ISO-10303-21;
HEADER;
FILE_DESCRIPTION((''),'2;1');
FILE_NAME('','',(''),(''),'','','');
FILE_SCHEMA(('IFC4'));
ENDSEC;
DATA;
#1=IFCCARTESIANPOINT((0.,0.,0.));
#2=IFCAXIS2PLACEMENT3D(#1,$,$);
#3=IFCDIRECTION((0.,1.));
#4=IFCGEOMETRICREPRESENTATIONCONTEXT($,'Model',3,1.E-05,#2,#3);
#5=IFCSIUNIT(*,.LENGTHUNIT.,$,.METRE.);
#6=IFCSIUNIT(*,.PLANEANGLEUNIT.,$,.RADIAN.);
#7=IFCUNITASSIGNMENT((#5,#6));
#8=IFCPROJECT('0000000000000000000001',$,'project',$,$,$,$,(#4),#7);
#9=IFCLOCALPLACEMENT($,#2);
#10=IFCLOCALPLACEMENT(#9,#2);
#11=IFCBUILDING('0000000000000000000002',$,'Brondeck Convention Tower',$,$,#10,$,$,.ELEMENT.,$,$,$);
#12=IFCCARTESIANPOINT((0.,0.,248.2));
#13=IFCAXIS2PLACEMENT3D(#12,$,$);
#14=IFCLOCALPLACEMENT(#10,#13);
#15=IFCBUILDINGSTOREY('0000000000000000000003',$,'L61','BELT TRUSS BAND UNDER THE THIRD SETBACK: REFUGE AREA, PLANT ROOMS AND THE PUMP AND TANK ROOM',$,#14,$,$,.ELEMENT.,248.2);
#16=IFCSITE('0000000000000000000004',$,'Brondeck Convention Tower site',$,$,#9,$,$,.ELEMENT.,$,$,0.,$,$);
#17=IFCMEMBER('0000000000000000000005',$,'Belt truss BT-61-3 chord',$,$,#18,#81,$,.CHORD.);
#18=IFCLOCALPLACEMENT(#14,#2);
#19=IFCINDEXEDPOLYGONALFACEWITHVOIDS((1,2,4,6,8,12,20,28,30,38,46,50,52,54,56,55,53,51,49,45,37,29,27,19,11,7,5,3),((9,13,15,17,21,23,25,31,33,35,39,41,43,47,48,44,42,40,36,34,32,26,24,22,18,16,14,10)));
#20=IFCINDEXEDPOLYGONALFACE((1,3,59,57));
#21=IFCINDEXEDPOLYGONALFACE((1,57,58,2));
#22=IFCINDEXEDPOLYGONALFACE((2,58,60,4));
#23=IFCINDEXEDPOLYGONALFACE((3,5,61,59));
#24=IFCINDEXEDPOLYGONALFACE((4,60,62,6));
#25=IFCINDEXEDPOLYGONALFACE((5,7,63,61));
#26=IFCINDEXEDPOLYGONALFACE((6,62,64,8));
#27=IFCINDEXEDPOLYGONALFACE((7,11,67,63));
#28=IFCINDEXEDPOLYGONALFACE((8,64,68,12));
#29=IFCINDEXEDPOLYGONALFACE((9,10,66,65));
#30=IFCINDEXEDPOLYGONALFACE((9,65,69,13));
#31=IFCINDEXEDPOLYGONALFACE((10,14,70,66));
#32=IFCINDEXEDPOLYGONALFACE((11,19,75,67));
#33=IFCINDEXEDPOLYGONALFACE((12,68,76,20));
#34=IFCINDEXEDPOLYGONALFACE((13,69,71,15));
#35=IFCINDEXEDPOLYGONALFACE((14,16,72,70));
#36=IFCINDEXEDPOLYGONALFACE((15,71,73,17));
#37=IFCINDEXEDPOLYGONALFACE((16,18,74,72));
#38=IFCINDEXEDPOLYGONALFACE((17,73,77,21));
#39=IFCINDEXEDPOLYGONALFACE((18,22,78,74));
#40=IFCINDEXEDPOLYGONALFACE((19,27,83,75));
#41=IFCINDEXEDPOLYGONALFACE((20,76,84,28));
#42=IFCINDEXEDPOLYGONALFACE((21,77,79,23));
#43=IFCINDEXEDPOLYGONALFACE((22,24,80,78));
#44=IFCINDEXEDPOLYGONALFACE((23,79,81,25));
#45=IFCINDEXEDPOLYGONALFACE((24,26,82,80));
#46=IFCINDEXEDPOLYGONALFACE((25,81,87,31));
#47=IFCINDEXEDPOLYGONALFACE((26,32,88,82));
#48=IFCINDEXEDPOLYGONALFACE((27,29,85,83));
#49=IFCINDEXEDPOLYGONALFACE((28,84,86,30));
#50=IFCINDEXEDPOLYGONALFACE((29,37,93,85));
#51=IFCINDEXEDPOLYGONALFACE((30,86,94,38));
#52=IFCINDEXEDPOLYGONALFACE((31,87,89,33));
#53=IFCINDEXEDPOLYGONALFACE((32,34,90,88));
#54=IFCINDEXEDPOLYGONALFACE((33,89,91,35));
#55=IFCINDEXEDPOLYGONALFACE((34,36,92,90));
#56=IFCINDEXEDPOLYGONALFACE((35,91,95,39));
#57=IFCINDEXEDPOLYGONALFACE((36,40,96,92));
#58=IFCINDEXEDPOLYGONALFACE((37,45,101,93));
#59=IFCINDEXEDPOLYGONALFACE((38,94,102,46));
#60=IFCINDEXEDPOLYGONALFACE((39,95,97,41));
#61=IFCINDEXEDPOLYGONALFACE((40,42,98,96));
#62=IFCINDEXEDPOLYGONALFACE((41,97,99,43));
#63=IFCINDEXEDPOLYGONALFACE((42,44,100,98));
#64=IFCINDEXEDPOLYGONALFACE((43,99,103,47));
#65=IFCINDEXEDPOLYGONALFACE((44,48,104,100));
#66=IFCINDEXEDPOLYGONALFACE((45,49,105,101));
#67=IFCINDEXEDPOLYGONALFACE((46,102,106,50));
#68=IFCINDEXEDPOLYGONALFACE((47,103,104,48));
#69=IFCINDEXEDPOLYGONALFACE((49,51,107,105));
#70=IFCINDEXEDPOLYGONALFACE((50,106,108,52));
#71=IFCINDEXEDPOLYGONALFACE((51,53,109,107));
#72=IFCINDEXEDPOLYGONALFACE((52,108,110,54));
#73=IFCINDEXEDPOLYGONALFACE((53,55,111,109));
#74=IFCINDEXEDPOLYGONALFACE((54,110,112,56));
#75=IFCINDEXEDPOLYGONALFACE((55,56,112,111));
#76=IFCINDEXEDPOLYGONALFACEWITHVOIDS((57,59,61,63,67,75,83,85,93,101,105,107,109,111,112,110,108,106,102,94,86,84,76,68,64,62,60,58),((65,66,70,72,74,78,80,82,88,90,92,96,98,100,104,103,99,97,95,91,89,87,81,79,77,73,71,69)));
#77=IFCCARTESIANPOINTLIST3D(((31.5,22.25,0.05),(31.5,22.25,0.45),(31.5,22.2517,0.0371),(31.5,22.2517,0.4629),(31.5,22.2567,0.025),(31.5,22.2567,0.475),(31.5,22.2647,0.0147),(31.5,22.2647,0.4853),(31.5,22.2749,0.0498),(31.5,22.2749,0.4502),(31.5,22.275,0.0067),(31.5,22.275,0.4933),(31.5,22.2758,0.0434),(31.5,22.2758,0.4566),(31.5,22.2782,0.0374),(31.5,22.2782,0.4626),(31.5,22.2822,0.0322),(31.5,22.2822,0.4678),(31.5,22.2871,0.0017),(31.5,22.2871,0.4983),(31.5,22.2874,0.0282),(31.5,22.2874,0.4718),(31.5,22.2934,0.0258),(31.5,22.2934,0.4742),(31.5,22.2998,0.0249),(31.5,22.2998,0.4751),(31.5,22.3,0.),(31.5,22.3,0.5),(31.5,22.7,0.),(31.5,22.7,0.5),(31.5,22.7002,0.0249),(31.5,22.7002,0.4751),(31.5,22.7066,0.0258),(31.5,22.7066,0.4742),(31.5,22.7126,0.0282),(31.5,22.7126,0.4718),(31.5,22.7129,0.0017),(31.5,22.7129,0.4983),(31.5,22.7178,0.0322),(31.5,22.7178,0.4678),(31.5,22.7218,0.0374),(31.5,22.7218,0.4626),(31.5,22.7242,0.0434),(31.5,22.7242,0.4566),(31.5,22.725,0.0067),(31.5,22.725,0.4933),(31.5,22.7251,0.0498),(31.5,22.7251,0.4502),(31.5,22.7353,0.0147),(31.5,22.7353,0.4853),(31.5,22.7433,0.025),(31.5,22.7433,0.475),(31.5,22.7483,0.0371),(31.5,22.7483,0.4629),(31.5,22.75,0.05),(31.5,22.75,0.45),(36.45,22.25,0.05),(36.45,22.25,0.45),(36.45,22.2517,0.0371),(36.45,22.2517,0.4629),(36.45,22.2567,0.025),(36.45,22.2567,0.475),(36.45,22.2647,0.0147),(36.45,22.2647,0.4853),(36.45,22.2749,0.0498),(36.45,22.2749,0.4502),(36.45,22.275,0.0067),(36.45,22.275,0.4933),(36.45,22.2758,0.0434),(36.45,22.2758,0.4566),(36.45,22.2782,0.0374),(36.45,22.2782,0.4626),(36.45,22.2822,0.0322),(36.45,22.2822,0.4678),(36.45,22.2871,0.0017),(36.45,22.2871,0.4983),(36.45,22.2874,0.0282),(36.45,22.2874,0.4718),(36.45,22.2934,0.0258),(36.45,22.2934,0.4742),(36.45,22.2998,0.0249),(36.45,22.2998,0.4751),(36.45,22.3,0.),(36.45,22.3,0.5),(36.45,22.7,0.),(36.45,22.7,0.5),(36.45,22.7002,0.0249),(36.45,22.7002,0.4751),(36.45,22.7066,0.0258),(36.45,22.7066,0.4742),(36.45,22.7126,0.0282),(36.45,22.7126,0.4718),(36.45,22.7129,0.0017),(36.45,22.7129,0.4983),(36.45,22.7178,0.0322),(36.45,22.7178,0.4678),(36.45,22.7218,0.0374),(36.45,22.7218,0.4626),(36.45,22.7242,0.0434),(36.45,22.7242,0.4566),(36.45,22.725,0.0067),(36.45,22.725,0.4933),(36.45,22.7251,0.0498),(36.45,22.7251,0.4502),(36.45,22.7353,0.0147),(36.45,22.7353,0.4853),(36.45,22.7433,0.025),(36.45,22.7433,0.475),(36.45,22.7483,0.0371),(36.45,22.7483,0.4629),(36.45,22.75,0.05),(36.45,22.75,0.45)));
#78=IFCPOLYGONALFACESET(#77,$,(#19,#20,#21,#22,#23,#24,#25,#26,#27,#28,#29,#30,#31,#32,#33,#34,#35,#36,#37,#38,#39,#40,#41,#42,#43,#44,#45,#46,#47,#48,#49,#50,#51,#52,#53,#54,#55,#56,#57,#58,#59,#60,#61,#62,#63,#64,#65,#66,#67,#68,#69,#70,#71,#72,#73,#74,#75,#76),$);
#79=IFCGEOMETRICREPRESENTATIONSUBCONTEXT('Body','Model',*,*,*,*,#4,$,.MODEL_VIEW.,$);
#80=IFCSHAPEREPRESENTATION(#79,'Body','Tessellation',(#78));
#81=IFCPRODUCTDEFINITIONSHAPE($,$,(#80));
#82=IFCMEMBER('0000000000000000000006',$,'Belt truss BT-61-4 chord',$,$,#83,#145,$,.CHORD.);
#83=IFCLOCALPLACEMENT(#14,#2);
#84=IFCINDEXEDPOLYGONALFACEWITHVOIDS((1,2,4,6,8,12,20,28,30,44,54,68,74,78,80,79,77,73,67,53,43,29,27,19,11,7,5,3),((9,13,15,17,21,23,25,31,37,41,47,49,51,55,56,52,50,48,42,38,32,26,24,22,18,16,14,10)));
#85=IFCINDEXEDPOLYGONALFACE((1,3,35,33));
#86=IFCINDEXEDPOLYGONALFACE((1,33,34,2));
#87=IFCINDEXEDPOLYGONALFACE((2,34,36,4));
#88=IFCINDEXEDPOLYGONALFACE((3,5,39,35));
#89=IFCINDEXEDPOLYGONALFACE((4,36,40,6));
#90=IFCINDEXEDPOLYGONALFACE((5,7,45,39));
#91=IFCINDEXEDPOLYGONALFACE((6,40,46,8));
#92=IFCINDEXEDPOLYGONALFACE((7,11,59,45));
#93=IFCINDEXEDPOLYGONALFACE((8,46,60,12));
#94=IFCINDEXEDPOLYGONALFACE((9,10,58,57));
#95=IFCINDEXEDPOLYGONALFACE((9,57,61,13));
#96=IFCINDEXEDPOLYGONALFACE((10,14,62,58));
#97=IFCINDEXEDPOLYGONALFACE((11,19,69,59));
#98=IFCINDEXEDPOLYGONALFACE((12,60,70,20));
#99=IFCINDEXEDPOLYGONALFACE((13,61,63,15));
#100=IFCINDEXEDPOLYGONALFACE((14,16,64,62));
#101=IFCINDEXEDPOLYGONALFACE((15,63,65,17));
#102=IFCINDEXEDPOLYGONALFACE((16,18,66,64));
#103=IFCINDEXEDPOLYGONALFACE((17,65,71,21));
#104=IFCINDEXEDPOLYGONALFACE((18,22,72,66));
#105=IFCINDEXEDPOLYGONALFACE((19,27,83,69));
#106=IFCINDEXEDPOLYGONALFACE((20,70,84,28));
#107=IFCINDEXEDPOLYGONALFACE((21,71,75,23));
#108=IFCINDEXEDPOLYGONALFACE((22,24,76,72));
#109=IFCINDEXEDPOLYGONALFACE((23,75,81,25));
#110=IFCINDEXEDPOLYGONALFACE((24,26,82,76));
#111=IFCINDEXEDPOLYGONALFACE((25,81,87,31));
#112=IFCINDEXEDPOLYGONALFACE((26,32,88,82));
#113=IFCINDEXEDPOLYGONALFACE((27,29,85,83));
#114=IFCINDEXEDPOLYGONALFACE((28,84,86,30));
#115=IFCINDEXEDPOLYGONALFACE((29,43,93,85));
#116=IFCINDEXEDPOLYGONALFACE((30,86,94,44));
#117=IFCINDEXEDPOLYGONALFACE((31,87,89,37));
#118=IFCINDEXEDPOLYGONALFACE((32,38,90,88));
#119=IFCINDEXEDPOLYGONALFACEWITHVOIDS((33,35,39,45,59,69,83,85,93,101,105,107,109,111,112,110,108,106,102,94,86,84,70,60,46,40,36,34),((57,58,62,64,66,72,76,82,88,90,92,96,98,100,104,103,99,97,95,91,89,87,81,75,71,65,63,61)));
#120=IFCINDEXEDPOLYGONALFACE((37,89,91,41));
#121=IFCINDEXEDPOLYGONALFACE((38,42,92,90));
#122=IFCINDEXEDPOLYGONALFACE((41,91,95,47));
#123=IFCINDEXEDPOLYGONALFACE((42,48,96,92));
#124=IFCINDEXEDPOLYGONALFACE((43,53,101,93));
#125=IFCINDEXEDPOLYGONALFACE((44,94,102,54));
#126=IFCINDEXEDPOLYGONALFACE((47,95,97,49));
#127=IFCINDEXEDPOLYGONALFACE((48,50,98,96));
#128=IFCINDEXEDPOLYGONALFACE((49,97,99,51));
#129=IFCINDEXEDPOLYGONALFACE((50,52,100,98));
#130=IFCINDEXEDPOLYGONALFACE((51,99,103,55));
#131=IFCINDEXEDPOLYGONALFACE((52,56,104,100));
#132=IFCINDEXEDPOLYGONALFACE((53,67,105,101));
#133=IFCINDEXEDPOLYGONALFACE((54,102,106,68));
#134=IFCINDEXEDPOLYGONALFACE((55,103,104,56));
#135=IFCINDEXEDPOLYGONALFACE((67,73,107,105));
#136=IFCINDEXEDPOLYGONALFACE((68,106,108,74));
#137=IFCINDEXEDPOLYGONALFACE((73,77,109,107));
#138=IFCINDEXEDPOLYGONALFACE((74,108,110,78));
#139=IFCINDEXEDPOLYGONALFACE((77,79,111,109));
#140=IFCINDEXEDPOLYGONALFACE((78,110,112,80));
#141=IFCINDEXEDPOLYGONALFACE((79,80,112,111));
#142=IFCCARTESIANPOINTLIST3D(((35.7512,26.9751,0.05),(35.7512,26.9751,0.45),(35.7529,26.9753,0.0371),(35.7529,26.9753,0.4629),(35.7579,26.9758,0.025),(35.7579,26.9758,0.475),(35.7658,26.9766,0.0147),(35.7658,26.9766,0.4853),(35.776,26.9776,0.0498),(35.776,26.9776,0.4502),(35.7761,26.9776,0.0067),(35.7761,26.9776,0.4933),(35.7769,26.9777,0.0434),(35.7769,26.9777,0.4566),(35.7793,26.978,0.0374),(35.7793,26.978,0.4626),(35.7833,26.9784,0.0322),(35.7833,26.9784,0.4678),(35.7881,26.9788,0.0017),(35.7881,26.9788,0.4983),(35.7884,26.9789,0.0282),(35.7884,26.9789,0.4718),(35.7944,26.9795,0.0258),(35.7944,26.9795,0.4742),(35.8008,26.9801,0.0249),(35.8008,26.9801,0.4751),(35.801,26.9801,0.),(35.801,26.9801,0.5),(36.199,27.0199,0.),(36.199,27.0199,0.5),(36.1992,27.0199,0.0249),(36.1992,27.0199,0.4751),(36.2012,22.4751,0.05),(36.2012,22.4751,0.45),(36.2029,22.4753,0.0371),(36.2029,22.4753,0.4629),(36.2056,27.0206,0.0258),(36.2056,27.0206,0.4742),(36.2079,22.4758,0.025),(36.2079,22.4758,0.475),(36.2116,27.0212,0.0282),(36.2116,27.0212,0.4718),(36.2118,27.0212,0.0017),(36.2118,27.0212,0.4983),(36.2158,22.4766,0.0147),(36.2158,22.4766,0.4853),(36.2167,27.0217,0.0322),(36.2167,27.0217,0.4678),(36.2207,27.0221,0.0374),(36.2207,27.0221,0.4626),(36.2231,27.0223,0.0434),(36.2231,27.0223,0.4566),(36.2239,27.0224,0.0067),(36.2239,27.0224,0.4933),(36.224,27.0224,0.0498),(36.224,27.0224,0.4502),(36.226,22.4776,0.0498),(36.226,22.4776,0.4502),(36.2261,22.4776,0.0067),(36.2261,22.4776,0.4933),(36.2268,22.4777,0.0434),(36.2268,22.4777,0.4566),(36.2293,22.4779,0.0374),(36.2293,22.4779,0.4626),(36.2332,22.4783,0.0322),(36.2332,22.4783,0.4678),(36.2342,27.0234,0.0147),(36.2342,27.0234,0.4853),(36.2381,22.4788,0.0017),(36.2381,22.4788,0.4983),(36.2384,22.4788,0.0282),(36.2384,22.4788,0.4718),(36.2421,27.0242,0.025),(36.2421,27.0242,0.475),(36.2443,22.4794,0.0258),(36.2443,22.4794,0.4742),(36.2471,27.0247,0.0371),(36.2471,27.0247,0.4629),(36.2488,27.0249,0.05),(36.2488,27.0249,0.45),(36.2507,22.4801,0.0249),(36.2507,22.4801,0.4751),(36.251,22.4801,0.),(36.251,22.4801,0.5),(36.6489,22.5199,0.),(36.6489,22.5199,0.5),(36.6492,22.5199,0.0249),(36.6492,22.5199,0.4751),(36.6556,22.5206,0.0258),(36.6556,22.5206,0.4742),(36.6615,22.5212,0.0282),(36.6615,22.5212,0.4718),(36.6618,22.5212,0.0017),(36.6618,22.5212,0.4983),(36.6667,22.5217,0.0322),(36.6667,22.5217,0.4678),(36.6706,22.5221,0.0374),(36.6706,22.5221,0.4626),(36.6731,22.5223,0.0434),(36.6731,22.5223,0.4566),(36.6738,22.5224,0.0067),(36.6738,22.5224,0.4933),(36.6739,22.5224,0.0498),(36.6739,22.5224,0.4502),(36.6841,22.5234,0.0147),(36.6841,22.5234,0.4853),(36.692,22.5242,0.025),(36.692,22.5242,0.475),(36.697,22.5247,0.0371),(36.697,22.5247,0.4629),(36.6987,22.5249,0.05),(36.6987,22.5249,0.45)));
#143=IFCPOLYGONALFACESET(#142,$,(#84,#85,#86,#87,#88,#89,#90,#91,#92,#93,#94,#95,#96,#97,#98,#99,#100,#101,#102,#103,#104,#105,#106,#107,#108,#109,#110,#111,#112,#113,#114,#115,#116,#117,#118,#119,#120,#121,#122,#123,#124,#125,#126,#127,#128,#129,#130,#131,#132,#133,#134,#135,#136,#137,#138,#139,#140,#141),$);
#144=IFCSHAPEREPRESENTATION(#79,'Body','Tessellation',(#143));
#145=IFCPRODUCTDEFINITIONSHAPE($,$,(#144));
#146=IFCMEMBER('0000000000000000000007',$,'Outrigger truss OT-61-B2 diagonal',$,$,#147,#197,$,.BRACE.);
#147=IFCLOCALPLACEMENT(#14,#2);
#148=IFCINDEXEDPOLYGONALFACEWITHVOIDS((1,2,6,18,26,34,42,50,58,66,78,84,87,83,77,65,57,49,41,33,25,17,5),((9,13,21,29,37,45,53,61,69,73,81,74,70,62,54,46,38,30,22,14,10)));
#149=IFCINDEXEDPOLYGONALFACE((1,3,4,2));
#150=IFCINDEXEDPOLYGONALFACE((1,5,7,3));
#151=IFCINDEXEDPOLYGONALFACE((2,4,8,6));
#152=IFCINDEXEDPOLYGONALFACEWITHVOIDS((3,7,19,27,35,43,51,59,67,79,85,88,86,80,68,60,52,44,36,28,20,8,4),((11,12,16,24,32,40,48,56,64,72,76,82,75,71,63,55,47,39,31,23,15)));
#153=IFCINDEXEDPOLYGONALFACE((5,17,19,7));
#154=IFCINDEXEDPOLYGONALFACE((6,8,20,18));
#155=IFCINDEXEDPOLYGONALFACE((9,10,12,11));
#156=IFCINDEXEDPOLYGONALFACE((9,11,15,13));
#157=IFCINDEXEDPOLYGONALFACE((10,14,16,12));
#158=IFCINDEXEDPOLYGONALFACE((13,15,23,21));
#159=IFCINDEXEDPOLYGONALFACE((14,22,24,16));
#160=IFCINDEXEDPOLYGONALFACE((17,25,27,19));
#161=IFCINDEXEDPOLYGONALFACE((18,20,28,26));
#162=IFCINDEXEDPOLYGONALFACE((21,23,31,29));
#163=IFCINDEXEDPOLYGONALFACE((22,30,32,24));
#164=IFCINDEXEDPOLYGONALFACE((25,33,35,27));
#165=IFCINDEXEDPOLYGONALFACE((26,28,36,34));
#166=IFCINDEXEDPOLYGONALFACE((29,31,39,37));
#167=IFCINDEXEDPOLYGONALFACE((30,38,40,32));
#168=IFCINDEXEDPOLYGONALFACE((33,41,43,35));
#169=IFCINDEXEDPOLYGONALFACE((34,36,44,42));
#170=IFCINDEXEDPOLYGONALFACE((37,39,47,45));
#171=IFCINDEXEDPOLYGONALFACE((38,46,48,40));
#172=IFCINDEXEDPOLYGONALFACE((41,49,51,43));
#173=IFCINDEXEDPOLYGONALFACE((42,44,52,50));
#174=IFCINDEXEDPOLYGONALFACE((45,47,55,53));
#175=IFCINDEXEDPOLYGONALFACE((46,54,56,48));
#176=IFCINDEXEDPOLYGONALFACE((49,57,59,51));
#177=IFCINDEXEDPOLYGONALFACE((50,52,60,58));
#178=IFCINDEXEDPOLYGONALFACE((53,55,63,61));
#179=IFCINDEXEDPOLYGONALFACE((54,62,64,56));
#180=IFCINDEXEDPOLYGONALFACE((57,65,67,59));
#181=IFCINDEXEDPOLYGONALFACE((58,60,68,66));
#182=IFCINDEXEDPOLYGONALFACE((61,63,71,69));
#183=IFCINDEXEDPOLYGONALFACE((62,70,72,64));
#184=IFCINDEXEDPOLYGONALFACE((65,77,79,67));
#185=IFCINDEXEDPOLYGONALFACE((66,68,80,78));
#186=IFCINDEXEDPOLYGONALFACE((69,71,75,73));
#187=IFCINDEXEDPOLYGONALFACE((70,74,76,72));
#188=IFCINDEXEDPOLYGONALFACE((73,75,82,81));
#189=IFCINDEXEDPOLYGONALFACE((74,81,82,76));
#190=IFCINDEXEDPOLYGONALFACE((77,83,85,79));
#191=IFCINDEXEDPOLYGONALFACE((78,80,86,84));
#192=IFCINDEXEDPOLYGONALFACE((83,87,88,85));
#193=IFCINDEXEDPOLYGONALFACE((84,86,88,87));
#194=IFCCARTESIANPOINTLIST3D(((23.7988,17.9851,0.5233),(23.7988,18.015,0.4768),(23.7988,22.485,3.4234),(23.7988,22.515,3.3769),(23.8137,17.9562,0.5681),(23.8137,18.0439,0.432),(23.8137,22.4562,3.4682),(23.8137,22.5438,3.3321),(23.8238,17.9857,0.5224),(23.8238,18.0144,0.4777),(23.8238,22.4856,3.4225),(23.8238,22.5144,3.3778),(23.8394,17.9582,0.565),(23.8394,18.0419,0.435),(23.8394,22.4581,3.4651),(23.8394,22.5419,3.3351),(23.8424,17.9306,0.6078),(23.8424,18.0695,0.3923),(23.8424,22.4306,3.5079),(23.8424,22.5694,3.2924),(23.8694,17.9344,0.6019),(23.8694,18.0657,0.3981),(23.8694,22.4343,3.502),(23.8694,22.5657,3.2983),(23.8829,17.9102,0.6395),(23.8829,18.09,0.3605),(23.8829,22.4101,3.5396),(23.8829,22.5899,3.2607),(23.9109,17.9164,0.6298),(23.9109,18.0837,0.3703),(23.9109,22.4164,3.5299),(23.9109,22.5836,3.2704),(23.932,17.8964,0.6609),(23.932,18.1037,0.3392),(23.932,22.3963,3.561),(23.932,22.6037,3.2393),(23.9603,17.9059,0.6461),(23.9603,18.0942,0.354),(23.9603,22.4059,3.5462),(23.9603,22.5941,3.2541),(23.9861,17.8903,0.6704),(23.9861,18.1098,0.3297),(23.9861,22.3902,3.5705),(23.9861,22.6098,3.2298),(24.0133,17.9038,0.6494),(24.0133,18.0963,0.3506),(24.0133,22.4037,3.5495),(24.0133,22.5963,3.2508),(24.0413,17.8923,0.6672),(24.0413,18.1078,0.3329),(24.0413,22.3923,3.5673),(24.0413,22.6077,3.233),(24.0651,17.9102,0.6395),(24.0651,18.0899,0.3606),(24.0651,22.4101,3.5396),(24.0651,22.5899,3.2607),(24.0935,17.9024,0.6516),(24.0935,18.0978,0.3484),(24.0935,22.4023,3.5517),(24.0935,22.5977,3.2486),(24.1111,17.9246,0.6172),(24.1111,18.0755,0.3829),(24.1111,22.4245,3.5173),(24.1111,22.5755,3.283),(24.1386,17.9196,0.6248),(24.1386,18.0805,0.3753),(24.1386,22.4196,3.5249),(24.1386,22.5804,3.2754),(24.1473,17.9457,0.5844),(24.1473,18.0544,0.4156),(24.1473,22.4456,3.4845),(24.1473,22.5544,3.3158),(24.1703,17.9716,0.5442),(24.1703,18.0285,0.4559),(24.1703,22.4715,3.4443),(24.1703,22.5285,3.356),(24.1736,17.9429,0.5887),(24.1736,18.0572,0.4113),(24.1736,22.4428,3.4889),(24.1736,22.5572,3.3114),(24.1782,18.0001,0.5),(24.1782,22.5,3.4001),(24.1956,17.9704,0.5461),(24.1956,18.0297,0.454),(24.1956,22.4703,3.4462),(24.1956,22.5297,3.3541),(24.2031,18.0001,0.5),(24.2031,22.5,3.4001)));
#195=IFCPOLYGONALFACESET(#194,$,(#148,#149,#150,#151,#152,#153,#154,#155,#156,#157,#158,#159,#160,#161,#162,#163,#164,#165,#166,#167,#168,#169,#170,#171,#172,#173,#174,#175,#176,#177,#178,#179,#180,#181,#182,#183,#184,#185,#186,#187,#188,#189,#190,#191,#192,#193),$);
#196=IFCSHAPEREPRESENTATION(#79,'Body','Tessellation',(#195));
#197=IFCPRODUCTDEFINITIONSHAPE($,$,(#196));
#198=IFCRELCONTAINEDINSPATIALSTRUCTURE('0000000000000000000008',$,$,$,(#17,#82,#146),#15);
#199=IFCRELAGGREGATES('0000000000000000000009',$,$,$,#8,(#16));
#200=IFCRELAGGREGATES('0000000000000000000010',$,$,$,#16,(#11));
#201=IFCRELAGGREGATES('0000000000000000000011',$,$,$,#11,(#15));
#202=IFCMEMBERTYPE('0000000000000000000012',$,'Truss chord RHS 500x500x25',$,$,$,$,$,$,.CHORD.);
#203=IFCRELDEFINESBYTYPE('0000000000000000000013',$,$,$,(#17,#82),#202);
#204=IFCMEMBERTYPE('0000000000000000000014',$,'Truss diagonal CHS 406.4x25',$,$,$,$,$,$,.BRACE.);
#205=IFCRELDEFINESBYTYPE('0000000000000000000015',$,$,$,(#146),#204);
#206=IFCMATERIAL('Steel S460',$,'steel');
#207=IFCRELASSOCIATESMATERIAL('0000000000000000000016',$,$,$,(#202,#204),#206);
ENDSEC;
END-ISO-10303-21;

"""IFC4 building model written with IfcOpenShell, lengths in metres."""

from ifc_helpers import new_model, si_unit, direction, frame, origin, origin_2d, place, context, subcontext, project, spatial, hollow_rectangle, hollow_circle, extrude, material, material_profile, profile_set, type_object, element, save


model = new_model("IFC4")

# Units and contexts
model_context = context("Model", 3, precision=1e-05, world=origin(), true_north=direction((0.0, 1.0)))
body_context = subcontext(model_context, "Body", "Model", "MODEL_VIEW")
ifc_project = project(units=[si_unit("LENGTHUNIT", "METRE"), si_unit("PLANEANGLEUNIT", "RADIAN")], contexts=[model_context])

# Site, building, storey
site_placement = place(None, origin())
site = spatial("IfcSite", under=ifc_project, at=site_placement, Name="Brondeck Convention Tower site", CompositionType="ELEMENT", RefElevation=0.0)
building_placement = place(site_placement, origin())
building = spatial("IfcBuilding", under=site, at=building_placement, Name="Brondeck Convention Tower", CompositionType="ELEMENT")
storey_placement = place(building_placement, frame((0.0, 0.0, 248.2)))
storey = spatial("IfcBuildingStorey", under=building, at=storey_placement, Name="L61", Description="BELT TRUSS BAND UNDER THE THIRD SETBACK: REFUGE AREA, PLANT ROOMS AND THE PUMP AND TANK ROOM", CompositionType="ELEMENT", Elevation=248.2)

# Shared definitions
ifc_material_1 = material(Name="Steel S460", Category="steel")

# Members
ifc_material_profile_1 = material_profile(ifc_material_1, hollow_rectangle(XDim=0.5, YDim=0.5, WallThickness=0.0249, InnerFilletRadius=0.0249, OuterFilletRadius=0.05, at=origin_2d()), Name="RHS 500x500x25")
ifc_profile_set_1 = profile_set([ifc_material_profile_1], Name="Steel S460")
member_type_1 = type_object("IfcMemberType", Name="Truss chord RHS 500x500x25", PredefinedType="CHORD", material=ifc_profile_set_1)
member_1_placement = place(storey_placement, frame((31.5, 22.5, 0.25), z_axis=(1.0, 0.0, 0.0), x_axis=(0.0, 1.0, 0.0)))
element("IfcMember", 1, at=member_1_placement, inside=storey, type_object=member_type_1, Name="Belt truss BT-61-3 chord", PredefinedType="CHORD", context=body_context, shape_type="SweptSolid", body=[
    extrude(hollow_rectangle(XDim=0.5, YDim=0.5, WallThickness=0.0249, InnerFilletRadius=0.0249, OuterFilletRadius=0.05, at=origin_2d()), origin(), (0.0, 0.0, 1.0), 4.95),
])
member_2_placement = place(storey_placement, frame((36.45, 22.5, 0.25), z_axis=(-0.099493, 0.995038, 0.0), x_axis=(-0.995038, -0.099493, 0.0)))
element("IfcMember", 2, at=member_2_placement, inside=storey, type_object=member_type_1, Name="Belt truss BT-61-4 chord", PredefinedType="CHORD", context=body_context, shape_type="SweptSolid", body=[
    extrude(hollow_rectangle(XDim=0.5, YDim=0.5, WallThickness=0.0249, InnerFilletRadius=0.0249, OuterFilletRadius=0.05, at=origin_2d()), origin(), (0.0, 0.0, 1.0), 4.5225),
])
ifc_material_profile_2 = material_profile(ifc_material_1, hollow_circle(Radius=0.2031, WallThickness=0.0249, at=origin_2d()), Name="CHS 406.4x25")
ifc_profile_set_2 = profile_set([ifc_material_profile_2], Name="Steel S460")
member_type_2 = type_object("IfcMemberType", Name="Truss diagonal CHS 406.4x25", PredefinedType="BRACE", material=ifc_profile_set_2)
member_3_placement = place(storey_placement, frame((24.0, 22.5, 3.4001), z_axis=(0.0, -0.840559, -0.541721), x_axis=(1.0, 0.0, 0.0)))
element("IfcMember", 3, at=member_3_placement, inside=storey, type_object=member_type_2, Name="Outrigger truss OT-61-B2 diagonal", PredefinedType="BRACE", context=body_context, shape_type="SweptSolid", body=[
    extrude(hollow_circle(Radius=0.2031, WallThickness=0.0249, at=origin_2d()), origin(), (0.0, 0.0, 1.0), 5.3535),
])

save(model, "model.ifc")
